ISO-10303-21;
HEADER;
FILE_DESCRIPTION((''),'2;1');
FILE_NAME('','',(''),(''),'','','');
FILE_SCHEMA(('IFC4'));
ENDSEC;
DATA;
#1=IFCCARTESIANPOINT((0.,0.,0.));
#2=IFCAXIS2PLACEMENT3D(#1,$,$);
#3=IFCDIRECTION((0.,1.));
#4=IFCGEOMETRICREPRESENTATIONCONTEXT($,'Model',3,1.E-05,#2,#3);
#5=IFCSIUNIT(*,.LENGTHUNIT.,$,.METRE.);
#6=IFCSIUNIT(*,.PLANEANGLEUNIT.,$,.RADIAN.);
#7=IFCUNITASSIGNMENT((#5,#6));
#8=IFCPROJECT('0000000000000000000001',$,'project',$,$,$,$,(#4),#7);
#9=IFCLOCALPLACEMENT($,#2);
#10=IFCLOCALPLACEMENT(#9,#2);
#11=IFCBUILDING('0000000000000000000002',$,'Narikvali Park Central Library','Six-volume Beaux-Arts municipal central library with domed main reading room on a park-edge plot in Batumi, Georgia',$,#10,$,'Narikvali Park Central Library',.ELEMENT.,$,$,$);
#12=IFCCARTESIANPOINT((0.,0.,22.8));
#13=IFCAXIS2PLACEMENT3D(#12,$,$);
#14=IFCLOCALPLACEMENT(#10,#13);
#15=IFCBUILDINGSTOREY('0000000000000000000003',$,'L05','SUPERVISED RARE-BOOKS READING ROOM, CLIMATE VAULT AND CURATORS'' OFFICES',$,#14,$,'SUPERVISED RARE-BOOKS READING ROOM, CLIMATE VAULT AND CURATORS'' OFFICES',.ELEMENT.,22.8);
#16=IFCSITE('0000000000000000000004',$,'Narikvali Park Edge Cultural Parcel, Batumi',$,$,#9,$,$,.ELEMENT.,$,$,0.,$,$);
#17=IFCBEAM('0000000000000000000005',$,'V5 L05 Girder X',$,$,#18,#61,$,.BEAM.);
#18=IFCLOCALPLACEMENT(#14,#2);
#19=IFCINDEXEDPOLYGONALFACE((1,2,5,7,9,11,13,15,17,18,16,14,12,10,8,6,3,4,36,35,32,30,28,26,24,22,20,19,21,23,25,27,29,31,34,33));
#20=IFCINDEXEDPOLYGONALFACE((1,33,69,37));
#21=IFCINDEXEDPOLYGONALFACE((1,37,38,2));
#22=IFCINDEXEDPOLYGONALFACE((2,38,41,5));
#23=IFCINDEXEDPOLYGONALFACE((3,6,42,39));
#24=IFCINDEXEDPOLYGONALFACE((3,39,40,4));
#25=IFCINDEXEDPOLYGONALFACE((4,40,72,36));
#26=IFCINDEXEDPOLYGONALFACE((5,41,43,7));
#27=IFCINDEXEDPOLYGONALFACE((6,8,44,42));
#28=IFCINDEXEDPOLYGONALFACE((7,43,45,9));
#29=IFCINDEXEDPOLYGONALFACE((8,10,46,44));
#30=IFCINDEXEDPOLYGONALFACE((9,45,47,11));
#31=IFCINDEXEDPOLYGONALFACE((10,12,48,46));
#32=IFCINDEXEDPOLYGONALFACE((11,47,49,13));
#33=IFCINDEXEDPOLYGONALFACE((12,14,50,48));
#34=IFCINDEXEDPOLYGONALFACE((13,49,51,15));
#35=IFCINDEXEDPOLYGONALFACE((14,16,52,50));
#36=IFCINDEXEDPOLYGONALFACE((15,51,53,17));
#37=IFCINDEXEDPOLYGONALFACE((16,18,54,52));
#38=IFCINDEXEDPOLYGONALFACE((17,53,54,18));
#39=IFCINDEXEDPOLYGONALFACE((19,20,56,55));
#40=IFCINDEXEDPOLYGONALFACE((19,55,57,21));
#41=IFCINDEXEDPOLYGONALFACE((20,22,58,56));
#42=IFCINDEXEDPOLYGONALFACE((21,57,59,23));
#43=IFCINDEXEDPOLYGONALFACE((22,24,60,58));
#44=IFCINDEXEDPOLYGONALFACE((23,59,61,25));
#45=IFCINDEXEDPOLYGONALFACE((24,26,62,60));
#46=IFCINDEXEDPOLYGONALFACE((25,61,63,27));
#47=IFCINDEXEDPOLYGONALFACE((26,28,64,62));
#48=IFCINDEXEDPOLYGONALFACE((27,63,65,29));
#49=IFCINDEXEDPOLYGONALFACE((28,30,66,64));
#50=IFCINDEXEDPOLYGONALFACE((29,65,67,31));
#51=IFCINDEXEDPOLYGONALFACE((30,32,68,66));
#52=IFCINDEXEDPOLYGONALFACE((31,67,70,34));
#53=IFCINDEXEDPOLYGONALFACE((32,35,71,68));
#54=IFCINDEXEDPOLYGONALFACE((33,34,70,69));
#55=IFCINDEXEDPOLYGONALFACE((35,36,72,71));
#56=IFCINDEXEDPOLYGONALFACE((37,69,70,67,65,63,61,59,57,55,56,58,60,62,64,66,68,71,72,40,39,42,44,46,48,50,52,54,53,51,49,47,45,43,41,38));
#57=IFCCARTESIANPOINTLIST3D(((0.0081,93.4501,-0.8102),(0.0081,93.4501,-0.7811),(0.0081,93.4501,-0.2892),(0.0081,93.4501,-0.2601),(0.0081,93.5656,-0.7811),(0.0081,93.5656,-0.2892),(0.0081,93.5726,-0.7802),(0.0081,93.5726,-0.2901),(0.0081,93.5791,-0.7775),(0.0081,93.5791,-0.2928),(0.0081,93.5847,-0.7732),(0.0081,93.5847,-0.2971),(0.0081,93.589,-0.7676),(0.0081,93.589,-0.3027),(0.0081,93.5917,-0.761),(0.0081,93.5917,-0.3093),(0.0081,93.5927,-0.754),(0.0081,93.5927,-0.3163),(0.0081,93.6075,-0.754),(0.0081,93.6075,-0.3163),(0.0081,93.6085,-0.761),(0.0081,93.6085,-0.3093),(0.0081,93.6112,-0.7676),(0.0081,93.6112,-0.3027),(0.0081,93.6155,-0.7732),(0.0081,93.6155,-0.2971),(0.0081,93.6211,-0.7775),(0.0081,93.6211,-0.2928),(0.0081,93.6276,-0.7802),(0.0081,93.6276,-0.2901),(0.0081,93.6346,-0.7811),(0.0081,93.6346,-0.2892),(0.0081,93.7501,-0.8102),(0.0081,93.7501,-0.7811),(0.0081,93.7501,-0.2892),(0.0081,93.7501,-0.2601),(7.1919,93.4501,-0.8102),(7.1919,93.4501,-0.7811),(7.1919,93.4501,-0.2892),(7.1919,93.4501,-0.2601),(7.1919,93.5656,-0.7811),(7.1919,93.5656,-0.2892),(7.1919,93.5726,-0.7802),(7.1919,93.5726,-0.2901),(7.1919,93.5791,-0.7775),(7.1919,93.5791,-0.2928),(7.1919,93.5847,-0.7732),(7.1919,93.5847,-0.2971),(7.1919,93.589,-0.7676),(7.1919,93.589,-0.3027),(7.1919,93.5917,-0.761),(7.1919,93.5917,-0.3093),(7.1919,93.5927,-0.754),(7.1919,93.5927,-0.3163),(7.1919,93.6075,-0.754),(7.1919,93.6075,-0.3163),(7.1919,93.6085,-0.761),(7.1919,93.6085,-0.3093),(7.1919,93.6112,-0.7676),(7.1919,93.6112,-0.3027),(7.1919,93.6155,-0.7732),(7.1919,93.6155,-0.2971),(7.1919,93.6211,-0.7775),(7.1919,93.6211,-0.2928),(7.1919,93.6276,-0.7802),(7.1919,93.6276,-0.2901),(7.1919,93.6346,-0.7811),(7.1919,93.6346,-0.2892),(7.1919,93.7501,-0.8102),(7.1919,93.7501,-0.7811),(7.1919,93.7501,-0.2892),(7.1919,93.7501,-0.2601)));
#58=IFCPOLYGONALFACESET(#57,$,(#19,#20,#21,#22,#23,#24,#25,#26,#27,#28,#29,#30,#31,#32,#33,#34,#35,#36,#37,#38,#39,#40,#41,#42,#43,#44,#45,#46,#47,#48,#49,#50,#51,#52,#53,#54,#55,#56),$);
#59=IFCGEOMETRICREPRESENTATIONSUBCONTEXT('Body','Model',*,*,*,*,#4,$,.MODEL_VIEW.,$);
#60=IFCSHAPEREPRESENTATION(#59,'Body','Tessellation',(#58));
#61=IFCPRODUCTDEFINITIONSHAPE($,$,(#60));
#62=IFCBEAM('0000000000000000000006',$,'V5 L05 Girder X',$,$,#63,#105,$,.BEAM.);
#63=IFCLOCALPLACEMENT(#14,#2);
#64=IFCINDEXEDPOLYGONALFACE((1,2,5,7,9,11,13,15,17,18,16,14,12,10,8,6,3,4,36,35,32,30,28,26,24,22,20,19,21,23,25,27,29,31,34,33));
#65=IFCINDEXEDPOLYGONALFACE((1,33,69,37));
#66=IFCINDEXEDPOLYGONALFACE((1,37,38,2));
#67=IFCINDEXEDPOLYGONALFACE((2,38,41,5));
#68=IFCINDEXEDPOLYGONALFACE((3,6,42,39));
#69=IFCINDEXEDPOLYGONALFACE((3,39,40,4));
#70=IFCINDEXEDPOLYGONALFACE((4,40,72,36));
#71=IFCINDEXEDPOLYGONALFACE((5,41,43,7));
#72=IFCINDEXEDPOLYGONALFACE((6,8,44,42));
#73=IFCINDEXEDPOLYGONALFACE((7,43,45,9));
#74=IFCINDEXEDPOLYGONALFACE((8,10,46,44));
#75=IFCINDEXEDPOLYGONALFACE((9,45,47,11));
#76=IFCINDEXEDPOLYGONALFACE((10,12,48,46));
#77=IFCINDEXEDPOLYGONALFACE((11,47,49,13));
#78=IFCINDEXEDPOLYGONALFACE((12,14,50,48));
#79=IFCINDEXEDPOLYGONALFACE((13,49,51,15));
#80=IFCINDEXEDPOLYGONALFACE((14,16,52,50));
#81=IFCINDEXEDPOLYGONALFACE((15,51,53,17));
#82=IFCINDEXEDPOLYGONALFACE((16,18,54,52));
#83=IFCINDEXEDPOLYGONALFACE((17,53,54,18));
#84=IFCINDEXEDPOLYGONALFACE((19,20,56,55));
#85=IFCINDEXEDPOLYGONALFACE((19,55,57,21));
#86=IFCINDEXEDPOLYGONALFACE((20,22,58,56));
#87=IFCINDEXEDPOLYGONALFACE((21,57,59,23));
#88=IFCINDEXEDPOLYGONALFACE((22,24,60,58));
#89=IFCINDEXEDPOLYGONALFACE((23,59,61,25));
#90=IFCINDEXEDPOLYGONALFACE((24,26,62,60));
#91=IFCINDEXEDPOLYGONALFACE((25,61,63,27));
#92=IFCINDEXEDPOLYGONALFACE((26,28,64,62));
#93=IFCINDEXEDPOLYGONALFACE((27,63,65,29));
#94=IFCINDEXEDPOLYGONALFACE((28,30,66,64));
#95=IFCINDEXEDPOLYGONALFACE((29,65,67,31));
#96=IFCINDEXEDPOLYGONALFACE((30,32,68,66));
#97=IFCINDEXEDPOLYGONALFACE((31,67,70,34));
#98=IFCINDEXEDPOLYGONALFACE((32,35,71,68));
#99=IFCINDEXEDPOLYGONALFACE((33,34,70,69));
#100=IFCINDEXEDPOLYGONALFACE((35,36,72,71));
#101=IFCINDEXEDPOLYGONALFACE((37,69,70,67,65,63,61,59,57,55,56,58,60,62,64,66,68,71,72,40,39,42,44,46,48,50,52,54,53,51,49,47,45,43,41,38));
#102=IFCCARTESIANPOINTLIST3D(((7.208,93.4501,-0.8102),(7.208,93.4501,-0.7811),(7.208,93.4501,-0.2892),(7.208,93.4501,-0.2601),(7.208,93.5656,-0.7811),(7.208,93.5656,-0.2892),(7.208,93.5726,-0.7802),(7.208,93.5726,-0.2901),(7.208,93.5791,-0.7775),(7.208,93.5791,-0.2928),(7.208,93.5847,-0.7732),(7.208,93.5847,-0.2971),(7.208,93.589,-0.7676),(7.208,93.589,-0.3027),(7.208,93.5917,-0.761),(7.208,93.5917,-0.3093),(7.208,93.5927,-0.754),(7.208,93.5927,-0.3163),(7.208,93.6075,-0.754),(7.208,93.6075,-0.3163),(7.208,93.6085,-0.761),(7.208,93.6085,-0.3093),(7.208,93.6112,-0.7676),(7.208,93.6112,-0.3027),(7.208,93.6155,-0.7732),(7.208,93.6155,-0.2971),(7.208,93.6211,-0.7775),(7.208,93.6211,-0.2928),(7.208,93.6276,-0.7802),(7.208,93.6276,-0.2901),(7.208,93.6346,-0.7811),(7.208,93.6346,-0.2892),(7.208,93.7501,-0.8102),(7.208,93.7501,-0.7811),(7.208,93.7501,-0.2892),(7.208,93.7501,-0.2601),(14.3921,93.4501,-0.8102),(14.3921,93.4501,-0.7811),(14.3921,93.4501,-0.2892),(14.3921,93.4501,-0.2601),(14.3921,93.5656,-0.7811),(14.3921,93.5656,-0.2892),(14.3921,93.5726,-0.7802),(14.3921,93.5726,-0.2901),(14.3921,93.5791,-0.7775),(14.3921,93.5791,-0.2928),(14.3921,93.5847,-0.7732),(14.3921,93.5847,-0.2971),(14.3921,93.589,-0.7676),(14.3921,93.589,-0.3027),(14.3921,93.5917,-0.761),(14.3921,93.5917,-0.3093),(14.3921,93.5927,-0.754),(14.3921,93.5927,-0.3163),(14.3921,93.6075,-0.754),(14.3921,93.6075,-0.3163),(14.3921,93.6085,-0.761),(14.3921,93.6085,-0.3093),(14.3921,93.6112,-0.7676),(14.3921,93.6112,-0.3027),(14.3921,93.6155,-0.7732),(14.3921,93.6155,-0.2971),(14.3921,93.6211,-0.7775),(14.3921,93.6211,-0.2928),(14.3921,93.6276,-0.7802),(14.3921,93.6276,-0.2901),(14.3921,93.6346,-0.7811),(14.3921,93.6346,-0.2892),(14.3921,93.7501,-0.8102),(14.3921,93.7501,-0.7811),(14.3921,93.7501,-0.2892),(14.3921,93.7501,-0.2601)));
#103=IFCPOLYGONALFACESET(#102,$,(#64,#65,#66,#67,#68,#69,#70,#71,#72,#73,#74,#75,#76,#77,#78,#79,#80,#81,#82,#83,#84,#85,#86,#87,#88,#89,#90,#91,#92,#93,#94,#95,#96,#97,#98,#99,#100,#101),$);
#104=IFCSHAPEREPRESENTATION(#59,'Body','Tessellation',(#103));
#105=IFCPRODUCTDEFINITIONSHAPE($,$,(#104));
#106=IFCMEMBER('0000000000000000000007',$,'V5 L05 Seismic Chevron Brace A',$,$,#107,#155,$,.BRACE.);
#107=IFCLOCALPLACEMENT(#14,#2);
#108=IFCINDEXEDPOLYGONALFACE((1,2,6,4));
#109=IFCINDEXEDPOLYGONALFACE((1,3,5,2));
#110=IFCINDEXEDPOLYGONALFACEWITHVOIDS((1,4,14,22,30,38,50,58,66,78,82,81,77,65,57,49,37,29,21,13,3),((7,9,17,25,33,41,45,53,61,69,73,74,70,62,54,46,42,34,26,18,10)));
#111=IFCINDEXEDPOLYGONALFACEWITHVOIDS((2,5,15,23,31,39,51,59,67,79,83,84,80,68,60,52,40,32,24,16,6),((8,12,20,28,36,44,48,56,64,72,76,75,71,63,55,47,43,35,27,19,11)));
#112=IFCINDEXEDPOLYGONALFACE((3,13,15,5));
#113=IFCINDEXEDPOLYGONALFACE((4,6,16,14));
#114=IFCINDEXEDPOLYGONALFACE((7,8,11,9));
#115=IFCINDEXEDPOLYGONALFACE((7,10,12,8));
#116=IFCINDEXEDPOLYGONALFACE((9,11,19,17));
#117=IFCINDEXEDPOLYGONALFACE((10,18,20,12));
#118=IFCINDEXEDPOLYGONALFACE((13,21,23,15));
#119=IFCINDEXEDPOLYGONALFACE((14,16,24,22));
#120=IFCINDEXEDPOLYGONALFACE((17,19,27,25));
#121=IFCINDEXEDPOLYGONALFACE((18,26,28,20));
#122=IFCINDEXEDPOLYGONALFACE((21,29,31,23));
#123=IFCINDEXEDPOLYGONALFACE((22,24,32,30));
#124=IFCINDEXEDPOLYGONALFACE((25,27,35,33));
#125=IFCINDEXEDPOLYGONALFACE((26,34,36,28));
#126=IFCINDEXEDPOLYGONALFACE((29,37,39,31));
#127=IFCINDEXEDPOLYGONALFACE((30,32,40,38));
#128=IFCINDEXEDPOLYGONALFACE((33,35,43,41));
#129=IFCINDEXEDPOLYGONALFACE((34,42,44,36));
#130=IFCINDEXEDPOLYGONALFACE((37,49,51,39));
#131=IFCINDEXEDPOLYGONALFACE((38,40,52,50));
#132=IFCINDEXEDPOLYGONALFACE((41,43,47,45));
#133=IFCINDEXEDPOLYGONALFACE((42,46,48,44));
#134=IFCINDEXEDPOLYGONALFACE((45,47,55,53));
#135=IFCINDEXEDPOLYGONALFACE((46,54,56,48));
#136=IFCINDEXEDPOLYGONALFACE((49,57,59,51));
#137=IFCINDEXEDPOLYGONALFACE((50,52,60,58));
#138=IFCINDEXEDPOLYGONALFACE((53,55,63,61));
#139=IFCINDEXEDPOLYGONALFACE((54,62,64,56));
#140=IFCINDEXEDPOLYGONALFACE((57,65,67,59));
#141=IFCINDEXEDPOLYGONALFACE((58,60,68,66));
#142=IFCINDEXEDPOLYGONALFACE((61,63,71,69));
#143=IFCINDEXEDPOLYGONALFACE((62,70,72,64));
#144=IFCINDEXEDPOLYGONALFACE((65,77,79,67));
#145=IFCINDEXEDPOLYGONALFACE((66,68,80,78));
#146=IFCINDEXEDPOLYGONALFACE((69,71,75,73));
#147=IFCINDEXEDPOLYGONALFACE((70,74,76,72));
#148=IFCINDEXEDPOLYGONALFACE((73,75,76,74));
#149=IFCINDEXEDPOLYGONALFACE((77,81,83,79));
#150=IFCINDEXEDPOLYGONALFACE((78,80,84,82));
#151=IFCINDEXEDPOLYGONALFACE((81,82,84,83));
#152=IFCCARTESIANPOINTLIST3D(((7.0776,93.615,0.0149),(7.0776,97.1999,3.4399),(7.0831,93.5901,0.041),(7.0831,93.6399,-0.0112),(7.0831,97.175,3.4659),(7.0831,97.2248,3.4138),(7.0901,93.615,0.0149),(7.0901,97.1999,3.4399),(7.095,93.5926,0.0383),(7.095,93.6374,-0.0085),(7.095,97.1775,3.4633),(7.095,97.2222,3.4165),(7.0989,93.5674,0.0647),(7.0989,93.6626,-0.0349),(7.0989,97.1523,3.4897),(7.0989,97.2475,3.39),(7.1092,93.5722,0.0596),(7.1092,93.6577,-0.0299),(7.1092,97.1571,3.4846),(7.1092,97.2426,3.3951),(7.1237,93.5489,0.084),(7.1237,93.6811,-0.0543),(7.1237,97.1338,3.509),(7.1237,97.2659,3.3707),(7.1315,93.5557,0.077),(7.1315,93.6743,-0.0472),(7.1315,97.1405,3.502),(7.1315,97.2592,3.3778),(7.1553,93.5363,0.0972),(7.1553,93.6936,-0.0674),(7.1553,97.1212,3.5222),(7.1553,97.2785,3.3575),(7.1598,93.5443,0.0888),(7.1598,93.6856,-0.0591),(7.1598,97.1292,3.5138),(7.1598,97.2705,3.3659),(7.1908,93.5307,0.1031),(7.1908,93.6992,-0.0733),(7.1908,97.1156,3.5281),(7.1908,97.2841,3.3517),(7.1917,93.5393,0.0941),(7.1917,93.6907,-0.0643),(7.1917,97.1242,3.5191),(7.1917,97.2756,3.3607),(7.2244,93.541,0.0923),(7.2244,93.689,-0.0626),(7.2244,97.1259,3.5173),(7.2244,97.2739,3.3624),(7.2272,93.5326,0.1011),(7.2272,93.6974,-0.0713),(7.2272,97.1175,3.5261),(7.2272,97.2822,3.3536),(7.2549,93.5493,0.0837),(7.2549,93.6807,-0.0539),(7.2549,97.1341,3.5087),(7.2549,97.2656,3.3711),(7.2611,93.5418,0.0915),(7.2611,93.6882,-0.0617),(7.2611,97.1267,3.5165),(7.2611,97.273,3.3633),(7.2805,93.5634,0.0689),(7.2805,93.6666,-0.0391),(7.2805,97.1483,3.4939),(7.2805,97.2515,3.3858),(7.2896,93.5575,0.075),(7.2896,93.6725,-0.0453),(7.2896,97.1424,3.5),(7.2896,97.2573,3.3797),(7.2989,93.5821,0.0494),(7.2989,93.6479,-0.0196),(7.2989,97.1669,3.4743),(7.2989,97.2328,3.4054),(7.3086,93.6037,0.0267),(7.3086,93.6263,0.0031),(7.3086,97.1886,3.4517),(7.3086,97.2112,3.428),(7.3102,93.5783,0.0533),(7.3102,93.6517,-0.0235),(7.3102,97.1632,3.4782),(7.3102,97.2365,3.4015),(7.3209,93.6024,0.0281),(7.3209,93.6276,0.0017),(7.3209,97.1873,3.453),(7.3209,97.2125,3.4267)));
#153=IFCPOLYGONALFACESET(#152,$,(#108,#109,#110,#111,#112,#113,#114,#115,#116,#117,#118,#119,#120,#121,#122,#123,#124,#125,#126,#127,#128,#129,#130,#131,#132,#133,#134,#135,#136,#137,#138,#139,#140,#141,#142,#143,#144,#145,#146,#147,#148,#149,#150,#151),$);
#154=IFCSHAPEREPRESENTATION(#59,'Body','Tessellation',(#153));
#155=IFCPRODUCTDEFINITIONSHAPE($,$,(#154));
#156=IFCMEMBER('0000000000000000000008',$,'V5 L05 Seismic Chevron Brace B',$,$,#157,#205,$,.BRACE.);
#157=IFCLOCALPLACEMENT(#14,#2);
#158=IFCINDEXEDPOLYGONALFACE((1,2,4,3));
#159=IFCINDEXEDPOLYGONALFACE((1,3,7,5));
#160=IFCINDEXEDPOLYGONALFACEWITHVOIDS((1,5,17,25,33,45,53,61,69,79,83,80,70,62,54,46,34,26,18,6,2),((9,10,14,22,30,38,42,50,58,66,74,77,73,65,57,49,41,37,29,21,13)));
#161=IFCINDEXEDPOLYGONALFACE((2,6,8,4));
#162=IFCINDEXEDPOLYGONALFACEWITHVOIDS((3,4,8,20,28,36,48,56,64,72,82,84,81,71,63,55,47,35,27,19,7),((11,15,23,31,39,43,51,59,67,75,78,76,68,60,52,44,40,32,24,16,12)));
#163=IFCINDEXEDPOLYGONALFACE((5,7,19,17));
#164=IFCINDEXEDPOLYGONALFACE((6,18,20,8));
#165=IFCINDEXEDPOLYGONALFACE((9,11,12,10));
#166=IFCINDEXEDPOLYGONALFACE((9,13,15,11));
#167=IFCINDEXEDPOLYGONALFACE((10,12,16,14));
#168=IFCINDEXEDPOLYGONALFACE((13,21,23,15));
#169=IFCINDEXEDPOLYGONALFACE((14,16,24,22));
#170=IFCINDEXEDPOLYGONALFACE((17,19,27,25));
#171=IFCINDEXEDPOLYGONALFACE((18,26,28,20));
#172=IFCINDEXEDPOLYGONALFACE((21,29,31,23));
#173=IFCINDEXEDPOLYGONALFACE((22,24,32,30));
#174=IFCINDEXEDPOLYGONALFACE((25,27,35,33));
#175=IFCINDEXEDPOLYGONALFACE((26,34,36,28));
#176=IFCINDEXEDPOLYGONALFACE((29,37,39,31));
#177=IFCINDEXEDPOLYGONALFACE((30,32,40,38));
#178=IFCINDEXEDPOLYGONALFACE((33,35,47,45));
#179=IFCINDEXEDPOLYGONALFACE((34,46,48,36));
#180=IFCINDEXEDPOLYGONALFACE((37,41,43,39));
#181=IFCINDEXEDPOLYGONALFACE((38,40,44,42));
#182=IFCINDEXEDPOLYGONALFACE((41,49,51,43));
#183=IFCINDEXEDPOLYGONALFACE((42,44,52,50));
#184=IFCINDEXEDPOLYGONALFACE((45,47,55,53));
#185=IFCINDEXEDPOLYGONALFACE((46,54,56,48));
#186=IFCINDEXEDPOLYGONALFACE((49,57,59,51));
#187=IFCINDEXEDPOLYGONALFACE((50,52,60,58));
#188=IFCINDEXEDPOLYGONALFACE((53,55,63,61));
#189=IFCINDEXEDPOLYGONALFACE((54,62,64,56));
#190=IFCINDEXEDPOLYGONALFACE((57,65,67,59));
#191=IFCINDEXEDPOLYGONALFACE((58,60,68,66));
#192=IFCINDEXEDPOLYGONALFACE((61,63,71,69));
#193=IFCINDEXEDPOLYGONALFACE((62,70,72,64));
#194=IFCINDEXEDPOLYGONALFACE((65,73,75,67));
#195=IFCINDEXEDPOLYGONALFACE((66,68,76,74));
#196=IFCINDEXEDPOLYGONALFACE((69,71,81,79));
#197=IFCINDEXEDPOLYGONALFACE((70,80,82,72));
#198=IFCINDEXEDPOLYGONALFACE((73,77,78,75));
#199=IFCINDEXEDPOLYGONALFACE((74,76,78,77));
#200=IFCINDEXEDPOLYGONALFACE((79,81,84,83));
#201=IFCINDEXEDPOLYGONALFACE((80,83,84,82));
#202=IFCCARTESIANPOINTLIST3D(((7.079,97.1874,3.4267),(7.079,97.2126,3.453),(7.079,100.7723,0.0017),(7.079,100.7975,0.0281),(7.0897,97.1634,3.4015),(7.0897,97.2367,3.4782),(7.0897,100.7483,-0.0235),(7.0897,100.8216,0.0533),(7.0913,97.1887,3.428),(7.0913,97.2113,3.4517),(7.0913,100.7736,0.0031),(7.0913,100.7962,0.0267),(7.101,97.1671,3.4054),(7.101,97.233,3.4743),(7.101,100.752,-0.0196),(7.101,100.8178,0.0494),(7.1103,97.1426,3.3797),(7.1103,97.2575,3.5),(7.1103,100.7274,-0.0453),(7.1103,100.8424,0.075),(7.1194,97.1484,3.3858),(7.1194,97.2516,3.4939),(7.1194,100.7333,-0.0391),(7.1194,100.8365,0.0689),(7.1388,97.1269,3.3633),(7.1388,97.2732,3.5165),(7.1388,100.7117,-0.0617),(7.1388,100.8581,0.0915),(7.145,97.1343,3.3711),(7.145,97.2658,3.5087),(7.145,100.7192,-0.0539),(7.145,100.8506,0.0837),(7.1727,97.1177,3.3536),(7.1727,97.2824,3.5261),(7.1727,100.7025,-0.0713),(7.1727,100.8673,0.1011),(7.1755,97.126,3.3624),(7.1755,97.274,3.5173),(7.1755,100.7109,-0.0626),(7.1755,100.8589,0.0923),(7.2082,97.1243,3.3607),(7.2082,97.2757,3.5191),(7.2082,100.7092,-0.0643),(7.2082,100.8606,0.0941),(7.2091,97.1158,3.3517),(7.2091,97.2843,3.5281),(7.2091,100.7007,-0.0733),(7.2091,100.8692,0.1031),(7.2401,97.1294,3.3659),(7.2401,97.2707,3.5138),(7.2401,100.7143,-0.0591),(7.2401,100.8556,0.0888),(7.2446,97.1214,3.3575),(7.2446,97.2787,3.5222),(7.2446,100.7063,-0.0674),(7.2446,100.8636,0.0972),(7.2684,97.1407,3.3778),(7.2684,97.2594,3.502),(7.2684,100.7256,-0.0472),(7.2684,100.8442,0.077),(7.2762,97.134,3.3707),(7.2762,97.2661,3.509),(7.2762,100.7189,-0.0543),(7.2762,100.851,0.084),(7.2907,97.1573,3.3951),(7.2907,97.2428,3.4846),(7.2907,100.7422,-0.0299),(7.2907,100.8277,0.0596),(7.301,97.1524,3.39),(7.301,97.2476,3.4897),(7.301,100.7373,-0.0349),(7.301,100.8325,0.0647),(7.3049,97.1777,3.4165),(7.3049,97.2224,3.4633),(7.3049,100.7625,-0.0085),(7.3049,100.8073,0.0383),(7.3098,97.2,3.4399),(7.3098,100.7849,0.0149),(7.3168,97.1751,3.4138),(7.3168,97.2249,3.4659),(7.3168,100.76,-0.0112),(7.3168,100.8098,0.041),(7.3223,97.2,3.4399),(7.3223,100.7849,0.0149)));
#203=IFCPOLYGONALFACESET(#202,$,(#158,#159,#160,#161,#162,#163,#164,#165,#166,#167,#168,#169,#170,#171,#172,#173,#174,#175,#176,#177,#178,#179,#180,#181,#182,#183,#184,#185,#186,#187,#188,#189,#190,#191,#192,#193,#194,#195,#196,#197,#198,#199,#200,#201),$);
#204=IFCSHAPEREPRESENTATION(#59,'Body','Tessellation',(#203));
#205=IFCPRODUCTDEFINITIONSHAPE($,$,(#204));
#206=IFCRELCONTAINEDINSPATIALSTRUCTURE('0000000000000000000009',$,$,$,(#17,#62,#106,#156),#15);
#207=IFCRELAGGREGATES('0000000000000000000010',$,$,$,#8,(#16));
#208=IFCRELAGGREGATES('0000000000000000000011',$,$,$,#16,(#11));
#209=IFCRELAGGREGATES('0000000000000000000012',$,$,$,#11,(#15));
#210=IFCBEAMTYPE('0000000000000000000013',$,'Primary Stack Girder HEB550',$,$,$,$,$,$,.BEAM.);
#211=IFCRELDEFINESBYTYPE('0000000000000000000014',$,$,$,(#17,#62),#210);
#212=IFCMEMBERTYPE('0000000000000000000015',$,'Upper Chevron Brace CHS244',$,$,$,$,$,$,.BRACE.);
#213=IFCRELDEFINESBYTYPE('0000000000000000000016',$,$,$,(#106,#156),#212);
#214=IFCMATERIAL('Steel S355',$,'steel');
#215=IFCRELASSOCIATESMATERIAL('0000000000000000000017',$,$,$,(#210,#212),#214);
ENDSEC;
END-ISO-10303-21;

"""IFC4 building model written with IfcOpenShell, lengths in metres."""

from ifc_helpers import new_model, si_unit, direction, frame, origin, origin_2d, place, context, subcontext, project, spatial, hollow_circle, i_section, extrude, material, material_profile, profile_set, type_object, element, save


model = new_model("IFC4")

# Units and contexts
model_context = context("Model", 3, precision=1e-05, world=origin(), true_north=direction((0.0, 1.0)))
body_context = subcontext(model_context, "Body", "Model", "MODEL_VIEW")
ifc_project = project(units=[si_unit("LENGTHUNIT", "METRE"), si_unit("PLANEANGLEUNIT", "RADIAN")], contexts=[model_context])

# Site, building, storey
site_placement = place(None, origin())
site = spatial("IfcSite", under=ifc_project, at=site_placement, Name="Narikvali Park Edge Cultural Parcel, Batumi", CompositionType="ELEMENT", RefElevation=0.0)
building_placement = place(site_placement, origin())
building = spatial("IfcBuilding", under=site, at=building_placement, Name="Narikvali Park Central Library", Description="Six-volume Beaux-Arts municipal central library with domed main reading room on a park-edge plot in Batumi, Georgia", LongName="Narikvali Park Central Library", CompositionType="ELEMENT")
storey_placement = place(building_placement, frame((0.0, 0.0, 22.8)))
storey = spatial("IfcBuildingStorey", under=building, at=storey_placement, Name="L05", Description="SUPERVISED RARE-BOOKS READING ROOM, CLIMATE VAULT AND CURATORS' OFFICES", LongName="SUPERVISED RARE-BOOKS READING ROOM, CLIMATE VAULT AND CURATORS' OFFICES", CompositionType="ELEMENT", Elevation=22.8)

# Shared definitions
ifc_material_1 = material(Name="Steel S355", Category="steel")

# Beams
ifc_material_profile_1 = material_profile(ifc_material_1, i_section(OverallWidth=0.3, OverallDepth=0.55, WebThickness=0.0149, FlangeThickness=0.0291, FilletRadius=0.0271, at=origin_2d()), Name="HEB 550")
ifc_profile_set_1 = profile_set([ifc_material_profile_1], Name="Steel S355")
beam_type_1 = type_object("IfcBeamType", Name="Primary Stack Girder HEB550", PredefinedType="BEAM", material=ifc_profile_set_1)
beam_1_placement = place(storey_placement, frame((0.0081, 93.6001, -0.5352), z_axis=(1.0, 0.0, 0.0), x_axis=(0.0, 1.0, 0.0)))
element("IfcBeam", 1, at=beam_1_placement, inside=storey, type_object=beam_type_1, Name="V5 L05 Girder X", PredefinedType="BEAM", context=body_context, shape_type="SweptSolid", body=[
    extrude(i_section(OverallWidth=0.3, OverallDepth=0.55, WebThickness=0.0149, FlangeThickness=0.0291, FilletRadius=0.0271, at=origin_2d()), origin(), (0.0, 0.0, 1.0), 7.1838),
])
beam_2_placement = place(storey_placement, frame((7.208, 93.6001, -0.5352), z_axis=(1.0, 0.0, 0.0), x_axis=(0.0, 1.0, 0.0)))
element("IfcBeam", 2, at=beam_2_placement, inside=storey, type_object=beam_type_1, Name="V5 L05 Girder X", PredefinedType="BEAM", context=body_context, shape_type="SweptSolid", body=[
    extrude(i_section(OverallWidth=0.3, OverallDepth=0.55, WebThickness=0.0149, FlangeThickness=0.0291, FilletRadius=0.0271, at=origin_2d()), origin(), (0.0, 0.0, 1.0), 7.1841),
])

# Members
ifc_material_profile_2 = material_profile(ifc_material_1, hollow_circle(Radius=0.1223, WallThickness=0.0125, at=origin_2d()), Name="CHS 244.5x12.5")
ifc_profile_set_2 = profile_set([ifc_material_profile_2], Name="Steel S355")
member_type = type_object("IfcMemberType", Name="Upper Chevron Brace CHS244", PredefinedType="BRACE", material=ifc_profile_set_2)
for number, where, z_axis, x_axis, name in (
    (3, (7.2, 93.615, 0.0149), (0.0, 0.723049, 0.690797), (-1.0, 0.0, 0.0), "V5 L05 Seismic Chevron Brace A"),
    (4, (7.2, 100.7849, 0.0149), (0.0, -0.723049, 0.690797), (1.0, 0.0, 0.0), "V5 L05 Seismic Chevron Brace B"),
):
    element("IfcMember", number, at=place(storey_placement, frame(where, z_axis=z_axis, x_axis=x_axis)), inside=storey, type_object=member_type, Name=name, PredefinedType="BRACE", context=body_context, shape_type="SweptSolid", body=[
        extrude(hollow_circle(Radius=0.1223, WallThickness=0.0125, at=origin_2d()), origin(), (0.0, 0.0, 1.0), 4.958),
    ])

save(model, "model.ifc")
